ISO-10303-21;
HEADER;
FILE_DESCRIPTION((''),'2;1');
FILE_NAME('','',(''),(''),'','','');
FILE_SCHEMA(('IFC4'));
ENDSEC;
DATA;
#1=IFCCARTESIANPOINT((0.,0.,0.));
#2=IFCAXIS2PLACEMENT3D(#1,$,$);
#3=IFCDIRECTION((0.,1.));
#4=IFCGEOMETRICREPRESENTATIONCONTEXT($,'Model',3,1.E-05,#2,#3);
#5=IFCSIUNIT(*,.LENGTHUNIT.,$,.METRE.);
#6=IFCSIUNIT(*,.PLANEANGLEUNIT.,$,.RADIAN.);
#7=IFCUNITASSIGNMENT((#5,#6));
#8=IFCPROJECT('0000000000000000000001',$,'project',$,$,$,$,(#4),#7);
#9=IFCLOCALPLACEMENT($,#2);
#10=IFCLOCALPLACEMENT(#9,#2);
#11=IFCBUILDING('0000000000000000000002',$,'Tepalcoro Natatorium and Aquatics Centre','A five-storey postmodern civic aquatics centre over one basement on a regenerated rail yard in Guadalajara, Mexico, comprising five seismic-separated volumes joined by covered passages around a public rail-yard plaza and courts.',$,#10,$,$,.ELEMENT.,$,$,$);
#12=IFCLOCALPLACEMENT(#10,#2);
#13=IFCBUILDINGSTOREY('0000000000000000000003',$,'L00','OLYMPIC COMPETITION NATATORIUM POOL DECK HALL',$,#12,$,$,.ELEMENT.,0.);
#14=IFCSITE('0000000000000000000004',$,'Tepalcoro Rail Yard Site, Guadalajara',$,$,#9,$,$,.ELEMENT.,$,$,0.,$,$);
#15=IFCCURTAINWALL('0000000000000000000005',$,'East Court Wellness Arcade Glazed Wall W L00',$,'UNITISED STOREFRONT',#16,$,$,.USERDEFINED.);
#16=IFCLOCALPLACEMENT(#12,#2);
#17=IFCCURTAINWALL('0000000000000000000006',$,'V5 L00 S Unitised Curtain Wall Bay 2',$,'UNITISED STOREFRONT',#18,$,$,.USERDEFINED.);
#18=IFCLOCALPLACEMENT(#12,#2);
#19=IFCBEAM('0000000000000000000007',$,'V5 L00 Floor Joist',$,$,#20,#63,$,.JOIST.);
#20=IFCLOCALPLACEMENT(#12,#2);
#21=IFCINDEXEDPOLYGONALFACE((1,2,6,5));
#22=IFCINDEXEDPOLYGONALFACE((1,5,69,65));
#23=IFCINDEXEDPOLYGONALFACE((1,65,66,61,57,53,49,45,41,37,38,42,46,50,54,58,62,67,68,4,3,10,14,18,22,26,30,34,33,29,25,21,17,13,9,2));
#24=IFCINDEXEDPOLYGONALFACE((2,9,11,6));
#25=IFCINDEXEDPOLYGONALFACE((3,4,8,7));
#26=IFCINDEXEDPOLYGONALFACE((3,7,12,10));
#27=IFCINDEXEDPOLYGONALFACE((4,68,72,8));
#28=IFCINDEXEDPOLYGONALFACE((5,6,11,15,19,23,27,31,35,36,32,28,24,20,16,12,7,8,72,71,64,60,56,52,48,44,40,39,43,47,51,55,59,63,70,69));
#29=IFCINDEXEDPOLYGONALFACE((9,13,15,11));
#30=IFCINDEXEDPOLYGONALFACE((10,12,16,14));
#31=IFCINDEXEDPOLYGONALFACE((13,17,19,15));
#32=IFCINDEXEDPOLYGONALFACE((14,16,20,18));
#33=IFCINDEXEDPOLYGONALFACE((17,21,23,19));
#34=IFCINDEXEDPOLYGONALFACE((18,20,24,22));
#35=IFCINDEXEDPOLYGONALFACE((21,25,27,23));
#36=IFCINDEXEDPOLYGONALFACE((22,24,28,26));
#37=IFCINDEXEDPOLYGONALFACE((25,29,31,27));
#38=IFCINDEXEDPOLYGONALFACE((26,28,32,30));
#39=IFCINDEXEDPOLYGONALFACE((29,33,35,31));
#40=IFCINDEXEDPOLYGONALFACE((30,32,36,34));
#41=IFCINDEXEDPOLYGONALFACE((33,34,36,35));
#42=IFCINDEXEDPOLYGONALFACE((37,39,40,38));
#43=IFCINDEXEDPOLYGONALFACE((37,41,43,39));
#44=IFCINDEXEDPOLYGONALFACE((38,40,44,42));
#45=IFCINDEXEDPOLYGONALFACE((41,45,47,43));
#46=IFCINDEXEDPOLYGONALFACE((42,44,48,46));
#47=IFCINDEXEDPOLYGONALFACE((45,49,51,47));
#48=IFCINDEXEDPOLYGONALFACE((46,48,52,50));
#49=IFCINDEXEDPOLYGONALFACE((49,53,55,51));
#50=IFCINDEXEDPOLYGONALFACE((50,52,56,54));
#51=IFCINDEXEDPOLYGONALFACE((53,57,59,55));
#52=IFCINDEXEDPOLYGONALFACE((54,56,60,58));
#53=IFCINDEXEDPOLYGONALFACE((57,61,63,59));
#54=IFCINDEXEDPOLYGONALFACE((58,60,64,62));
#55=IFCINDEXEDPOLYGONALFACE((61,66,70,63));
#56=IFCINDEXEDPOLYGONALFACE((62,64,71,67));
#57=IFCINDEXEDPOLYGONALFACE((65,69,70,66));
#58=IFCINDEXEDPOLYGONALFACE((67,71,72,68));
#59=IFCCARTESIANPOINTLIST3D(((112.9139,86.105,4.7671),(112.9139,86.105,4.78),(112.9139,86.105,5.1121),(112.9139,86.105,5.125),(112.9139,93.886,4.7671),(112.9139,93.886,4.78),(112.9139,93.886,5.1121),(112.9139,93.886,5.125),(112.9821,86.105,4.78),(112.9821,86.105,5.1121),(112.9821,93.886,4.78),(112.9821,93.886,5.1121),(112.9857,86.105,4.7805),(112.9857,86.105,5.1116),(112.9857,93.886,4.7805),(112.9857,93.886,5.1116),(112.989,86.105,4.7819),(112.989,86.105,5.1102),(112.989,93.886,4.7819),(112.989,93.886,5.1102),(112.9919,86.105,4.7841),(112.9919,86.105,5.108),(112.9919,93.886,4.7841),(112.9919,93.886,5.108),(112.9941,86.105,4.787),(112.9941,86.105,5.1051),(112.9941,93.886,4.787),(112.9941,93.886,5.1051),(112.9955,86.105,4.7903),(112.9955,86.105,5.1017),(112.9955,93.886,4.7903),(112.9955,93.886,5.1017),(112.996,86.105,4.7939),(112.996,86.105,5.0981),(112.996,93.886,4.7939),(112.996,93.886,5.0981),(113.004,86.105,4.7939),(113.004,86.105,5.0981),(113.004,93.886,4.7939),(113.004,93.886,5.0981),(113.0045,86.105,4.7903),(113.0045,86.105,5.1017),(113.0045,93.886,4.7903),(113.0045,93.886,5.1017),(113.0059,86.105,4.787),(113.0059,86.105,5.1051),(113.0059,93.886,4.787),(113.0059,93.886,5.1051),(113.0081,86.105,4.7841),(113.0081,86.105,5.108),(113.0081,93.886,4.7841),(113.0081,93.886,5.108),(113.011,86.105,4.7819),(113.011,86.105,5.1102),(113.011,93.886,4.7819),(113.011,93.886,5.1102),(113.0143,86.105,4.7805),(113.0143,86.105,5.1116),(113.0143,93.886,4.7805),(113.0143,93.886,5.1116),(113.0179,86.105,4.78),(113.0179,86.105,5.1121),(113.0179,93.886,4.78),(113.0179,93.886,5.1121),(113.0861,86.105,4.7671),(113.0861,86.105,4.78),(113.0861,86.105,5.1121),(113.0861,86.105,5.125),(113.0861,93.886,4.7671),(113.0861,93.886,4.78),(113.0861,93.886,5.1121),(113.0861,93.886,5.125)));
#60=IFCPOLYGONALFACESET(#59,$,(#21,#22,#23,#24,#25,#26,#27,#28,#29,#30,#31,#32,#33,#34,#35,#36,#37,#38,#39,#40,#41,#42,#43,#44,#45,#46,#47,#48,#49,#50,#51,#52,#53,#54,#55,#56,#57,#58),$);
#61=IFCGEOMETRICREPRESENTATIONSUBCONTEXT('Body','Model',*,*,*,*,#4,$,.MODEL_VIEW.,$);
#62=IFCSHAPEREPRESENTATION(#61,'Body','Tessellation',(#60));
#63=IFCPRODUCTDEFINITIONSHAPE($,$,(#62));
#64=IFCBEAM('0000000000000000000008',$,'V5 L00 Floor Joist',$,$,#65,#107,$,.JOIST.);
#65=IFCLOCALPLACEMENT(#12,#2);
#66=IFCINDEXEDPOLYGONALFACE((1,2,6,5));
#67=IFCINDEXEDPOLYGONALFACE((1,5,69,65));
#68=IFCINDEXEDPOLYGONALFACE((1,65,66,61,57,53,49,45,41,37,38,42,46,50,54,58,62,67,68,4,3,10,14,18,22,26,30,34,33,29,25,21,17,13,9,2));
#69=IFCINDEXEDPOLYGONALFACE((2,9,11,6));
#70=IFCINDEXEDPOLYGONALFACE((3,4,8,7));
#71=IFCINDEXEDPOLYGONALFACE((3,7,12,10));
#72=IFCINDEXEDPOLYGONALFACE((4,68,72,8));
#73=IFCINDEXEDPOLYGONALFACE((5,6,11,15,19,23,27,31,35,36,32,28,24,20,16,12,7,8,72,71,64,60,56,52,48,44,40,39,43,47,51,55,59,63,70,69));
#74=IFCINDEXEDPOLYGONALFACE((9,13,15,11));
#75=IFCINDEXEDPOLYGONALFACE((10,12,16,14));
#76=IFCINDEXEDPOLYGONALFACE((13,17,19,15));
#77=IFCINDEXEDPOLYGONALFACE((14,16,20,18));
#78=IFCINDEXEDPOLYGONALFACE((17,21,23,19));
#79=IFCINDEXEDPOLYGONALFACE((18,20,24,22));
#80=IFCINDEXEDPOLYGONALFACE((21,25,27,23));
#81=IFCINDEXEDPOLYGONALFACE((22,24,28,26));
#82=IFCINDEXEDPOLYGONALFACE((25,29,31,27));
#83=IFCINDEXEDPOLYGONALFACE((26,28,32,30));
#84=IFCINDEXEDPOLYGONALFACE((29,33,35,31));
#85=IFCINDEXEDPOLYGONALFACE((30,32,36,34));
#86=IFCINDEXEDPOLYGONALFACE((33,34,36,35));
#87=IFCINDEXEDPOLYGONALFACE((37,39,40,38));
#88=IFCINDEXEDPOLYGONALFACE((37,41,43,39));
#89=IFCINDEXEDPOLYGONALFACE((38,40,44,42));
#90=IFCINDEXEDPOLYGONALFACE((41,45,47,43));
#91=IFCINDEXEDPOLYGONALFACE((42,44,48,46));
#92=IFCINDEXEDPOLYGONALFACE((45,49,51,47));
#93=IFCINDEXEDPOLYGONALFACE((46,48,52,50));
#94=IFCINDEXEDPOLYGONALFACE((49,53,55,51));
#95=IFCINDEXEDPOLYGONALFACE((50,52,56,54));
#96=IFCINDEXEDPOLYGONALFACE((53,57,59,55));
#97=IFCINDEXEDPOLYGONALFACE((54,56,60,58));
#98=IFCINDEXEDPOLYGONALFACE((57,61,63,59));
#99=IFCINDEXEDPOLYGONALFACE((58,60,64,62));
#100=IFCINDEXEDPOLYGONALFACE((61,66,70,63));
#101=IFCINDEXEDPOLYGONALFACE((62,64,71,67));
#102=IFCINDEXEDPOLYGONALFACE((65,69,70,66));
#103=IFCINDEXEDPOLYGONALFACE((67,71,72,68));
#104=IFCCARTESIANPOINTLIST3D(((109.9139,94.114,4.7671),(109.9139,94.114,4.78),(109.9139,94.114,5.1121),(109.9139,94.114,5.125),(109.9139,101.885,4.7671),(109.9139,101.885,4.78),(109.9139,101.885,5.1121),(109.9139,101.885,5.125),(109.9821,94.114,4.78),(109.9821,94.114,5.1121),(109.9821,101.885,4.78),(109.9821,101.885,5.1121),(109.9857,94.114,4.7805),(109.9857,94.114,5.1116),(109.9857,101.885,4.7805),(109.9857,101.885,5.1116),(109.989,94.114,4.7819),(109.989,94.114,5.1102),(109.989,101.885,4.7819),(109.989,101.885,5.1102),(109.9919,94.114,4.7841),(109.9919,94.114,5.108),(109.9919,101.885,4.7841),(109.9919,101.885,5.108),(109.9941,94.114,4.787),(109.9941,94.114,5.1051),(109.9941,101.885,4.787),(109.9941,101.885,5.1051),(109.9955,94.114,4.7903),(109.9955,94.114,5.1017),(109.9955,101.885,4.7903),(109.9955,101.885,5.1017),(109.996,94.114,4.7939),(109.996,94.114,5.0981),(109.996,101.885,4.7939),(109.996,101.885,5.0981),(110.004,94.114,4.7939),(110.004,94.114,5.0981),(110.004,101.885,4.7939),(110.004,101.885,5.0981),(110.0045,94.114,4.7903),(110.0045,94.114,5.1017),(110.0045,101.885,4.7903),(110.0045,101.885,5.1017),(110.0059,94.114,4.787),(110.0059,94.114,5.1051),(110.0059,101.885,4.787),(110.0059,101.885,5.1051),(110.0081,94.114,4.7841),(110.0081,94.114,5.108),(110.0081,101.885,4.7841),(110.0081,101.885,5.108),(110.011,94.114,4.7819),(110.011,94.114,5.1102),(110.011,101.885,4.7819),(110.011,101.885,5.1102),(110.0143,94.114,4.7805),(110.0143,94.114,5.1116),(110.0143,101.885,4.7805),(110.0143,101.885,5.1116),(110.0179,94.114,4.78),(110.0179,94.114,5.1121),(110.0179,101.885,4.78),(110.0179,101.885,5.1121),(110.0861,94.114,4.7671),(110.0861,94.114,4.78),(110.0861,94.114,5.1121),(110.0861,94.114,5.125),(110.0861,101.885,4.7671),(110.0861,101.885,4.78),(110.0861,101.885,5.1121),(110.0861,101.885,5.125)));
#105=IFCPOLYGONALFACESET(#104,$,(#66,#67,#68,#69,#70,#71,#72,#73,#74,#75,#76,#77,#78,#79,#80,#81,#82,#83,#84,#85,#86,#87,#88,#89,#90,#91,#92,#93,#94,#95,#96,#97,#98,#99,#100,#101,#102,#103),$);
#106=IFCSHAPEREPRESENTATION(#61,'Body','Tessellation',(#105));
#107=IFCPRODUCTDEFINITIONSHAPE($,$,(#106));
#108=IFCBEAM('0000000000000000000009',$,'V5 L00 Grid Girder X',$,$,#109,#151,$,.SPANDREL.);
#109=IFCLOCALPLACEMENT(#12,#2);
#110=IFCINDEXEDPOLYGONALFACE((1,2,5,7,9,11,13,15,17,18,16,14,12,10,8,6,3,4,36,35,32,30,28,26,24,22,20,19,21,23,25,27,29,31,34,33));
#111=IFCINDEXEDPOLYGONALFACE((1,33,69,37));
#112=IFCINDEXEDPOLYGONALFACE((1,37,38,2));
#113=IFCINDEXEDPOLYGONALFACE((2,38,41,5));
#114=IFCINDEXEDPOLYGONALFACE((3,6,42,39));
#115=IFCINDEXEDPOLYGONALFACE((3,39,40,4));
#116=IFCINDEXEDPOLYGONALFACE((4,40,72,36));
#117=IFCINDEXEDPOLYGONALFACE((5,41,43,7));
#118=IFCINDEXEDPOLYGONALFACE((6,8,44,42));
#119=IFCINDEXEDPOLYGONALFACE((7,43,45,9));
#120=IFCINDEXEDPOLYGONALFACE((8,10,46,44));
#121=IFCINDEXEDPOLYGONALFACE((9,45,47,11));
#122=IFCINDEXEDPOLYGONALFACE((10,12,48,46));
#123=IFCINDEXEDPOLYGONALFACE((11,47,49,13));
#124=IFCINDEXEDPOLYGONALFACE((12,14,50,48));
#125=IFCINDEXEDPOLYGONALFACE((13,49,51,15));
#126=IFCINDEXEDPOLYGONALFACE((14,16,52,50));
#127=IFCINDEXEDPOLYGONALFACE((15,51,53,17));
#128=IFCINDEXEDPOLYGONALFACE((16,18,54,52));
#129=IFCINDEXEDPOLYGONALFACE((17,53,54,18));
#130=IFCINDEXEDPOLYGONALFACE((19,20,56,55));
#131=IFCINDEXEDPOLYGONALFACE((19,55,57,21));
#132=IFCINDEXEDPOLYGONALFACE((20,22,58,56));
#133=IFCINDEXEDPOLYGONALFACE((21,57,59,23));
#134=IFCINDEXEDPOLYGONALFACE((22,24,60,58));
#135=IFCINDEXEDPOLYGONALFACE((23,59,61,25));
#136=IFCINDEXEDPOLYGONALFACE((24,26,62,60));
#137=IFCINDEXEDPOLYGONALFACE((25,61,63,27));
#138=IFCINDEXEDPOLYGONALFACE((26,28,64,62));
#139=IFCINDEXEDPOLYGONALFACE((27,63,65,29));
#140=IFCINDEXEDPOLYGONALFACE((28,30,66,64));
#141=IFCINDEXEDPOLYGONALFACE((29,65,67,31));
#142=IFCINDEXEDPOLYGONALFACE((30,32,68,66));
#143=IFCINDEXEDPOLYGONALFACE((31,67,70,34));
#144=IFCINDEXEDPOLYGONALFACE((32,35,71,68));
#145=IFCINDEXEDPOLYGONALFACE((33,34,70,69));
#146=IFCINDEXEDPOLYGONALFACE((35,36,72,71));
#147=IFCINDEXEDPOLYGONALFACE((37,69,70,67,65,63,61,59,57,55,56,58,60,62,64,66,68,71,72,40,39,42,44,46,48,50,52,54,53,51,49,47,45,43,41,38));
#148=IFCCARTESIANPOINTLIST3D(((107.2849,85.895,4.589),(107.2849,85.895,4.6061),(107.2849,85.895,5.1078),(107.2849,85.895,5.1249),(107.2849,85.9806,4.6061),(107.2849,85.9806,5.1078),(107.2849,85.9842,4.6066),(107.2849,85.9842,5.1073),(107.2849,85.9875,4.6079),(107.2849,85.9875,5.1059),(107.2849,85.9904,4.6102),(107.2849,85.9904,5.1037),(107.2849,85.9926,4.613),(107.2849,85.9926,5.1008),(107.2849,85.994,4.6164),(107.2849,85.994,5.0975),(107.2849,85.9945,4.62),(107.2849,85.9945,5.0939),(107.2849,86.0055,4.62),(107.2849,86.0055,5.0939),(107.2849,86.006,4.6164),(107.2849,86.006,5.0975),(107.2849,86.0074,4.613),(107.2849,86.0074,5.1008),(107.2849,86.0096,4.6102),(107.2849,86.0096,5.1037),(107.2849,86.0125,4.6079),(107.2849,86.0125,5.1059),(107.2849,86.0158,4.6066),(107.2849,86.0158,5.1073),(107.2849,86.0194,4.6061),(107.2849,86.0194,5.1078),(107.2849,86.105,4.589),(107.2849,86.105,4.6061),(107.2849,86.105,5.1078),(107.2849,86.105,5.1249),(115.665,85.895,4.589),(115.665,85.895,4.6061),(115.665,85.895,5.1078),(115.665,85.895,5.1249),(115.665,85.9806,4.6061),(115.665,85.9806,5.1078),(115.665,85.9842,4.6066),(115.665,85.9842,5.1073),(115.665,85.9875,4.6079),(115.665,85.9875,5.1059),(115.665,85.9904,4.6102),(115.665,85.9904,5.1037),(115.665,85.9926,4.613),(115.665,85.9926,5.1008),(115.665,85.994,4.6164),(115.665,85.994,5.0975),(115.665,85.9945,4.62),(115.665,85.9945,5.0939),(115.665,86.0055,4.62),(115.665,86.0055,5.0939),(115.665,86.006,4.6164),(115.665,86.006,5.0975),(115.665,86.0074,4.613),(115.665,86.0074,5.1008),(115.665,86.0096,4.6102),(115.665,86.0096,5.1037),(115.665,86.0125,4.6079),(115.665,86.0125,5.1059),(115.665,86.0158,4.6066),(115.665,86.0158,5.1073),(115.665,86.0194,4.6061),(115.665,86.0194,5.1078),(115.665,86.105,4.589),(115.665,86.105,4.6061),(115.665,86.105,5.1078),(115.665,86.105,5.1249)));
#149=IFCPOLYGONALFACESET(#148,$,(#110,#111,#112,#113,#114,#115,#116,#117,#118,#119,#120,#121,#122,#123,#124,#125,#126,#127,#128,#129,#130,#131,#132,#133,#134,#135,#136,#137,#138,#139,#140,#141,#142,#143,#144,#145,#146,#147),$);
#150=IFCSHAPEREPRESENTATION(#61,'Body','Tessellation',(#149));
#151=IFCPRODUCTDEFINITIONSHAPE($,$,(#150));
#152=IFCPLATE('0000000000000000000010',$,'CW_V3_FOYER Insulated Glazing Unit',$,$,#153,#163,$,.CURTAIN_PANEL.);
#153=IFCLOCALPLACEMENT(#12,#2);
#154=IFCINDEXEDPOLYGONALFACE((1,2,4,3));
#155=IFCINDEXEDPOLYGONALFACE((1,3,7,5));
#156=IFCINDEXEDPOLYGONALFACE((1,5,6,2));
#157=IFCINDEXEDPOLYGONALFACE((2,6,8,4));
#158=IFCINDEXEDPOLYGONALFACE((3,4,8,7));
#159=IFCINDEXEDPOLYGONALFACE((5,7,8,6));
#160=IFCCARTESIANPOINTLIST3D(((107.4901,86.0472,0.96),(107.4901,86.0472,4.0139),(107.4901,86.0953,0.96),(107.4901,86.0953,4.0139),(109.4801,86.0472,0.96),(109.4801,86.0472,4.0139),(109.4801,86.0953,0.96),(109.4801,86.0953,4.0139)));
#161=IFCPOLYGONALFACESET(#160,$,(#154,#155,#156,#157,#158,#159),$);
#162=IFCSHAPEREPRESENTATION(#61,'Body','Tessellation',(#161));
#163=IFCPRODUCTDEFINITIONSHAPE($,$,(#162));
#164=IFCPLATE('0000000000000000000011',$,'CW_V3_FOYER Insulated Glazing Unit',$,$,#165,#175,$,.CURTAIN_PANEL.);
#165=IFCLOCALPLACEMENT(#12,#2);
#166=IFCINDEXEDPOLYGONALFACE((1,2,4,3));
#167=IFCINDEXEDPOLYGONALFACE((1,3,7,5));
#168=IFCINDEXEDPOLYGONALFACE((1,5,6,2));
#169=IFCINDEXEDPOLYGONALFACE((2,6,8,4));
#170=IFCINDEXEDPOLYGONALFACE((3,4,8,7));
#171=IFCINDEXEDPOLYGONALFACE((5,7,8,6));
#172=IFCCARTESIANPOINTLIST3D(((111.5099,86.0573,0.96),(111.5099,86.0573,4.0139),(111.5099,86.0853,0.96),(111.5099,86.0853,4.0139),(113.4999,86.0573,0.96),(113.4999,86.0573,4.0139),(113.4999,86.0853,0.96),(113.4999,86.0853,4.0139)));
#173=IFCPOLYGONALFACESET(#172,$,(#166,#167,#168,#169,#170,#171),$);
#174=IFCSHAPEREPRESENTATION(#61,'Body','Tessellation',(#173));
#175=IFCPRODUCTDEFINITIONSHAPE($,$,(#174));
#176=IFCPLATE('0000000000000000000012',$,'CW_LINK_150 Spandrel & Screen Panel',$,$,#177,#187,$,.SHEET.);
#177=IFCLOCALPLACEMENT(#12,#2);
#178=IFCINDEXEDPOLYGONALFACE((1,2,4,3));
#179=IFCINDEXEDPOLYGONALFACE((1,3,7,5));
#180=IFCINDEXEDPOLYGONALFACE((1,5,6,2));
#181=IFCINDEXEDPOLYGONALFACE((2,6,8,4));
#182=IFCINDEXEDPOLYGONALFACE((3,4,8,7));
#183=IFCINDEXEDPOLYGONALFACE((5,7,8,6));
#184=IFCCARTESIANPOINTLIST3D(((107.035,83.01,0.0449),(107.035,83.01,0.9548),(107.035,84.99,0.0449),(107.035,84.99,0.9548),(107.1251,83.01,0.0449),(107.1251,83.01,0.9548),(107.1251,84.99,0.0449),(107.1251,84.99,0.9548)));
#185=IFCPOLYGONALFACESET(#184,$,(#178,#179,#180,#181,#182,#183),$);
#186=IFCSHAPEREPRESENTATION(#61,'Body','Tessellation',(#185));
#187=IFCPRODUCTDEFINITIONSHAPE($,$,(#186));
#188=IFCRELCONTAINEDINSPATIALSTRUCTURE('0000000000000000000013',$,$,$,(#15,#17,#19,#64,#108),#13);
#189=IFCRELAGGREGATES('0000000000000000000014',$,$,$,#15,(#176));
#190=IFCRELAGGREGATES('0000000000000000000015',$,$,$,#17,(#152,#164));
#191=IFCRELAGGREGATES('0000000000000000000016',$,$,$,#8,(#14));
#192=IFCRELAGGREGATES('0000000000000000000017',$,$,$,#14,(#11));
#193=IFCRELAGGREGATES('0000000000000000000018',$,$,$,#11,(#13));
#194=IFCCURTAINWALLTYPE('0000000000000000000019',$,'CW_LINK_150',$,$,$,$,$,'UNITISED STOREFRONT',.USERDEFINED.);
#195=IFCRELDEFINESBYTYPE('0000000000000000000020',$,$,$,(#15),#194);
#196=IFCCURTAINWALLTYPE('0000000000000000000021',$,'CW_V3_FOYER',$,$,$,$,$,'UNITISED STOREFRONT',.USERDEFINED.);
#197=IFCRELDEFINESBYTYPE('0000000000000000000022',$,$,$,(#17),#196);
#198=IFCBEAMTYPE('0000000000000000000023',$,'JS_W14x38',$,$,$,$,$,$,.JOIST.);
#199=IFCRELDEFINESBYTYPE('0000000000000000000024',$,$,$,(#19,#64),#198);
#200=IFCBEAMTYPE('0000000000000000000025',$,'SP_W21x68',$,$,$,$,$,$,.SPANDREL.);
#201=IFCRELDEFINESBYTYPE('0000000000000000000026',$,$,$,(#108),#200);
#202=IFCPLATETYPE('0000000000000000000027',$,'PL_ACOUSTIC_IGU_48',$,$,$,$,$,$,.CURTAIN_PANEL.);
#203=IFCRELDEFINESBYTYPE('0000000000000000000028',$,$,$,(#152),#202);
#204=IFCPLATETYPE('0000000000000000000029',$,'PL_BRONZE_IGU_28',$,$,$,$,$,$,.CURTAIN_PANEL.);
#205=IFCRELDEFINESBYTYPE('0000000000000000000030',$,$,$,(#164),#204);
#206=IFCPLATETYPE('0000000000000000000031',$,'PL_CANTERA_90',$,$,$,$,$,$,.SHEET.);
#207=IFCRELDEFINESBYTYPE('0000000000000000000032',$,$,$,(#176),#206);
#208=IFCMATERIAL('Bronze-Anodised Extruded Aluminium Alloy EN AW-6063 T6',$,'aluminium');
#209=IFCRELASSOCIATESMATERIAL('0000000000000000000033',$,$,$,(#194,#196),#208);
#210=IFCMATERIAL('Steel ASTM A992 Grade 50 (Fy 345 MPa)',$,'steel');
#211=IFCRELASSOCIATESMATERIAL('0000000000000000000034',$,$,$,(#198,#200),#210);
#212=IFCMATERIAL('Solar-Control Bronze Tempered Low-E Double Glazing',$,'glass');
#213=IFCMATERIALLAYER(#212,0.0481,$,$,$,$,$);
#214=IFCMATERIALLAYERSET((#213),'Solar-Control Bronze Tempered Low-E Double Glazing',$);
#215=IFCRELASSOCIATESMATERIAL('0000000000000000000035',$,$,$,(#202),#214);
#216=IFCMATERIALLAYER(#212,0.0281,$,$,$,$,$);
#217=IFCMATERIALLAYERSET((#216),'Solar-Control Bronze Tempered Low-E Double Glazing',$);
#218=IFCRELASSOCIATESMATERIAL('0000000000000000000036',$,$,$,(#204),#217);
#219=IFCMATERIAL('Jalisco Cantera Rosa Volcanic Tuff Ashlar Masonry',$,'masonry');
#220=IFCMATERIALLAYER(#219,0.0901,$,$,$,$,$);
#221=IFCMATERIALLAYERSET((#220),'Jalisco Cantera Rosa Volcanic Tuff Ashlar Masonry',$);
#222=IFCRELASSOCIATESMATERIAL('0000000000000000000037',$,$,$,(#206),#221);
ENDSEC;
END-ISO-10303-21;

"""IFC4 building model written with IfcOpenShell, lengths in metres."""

from ifc_helpers import new_model, si_unit, direction, frame, origin, origin_2d, place, context, subcontext, project, spatial, rectangle, i_section, extrude, material, layer, layer_set, material_profile, profile_set, type_object, element, aggregate, save


model = new_model("IFC4")

# Units and contexts
model_context = context("Model", 3, precision=1e-05, world=origin(), true_north=direction((0.0, 1.0)))
body_context = subcontext(model_context, "Body", "Model", "MODEL_VIEW")
ifc_project = project(units=[si_unit("LENGTHUNIT", "METRE"), si_unit("PLANEANGLEUNIT", "RADIAN")], contexts=[model_context])

# Site, building, storey
site_placement = place(None, origin())
site = spatial("IfcSite", under=ifc_project, at=site_placement, Name="Tepalcoro Rail Yard Site, Guadalajara", CompositionType="ELEMENT", RefElevation=0.0)
building_placement = place(site_placement, origin())
building = spatial("IfcBuilding", under=site, at=building_placement, Name="Tepalcoro Natatorium and Aquatics Centre", Description="A five-storey postmodern civic aquatics centre over one basement on a regenerated rail yard in Guadalajara, Mexico, comprising five seismic-separated volumes joined by covered passages around a public rail-yard plaza and courts.", CompositionType="ELEMENT")
storey_placement = place(building_placement, origin())
storey = spatial("IfcBuildingStorey", under=building, at=storey_placement, Name="L00", Description="OLYMPIC COMPETITION NATATORIUM POOL DECK HALL", CompositionType="ELEMENT", Elevation=0.0)

# Shared definitions
ifc_material_1 = material(Name="Steel ASTM A992 Grade 50 (Fy 345 MPa)", Category="steel")

# Curtain wall
ifc_material_2 = material(Name="Bronze-Anodised Extruded Aluminium Alloy EN AW-6063 T6", Category="aluminium")
curtain_wall_type_1 = type_object("IfcCurtainWallType", Name="CW_LINK_150", ElementType="UNITISED STOREFRONT", PredefinedType="USERDEFINED", material=ifc_material_2)
curtain_wall_1_placement = place(storey_placement, origin())
curtain_wall_1 = element("IfcCurtainWall", 1, at=curtain_wall_1_placement, inside=storey, type_object=curtain_wall_type_1, Name="East Court Wellness Arcade Glazed Wall W L00", ObjectType="UNITISED STOREFRONT", PredefinedType="USERDEFINED")

# Curtain wall
curtain_wall_type_2 = type_object("IfcCurtainWallType", Name="CW_V3_FOYER", ElementType="UNITISED STOREFRONT", PredefinedType="USERDEFINED", material=ifc_material_2)
curtain_wall_2_placement = place(storey_placement, origin())
curtain_wall_2 = element("IfcCurtainWall", 2, at=curtain_wall_2_placement, inside=storey, type_object=curtain_wall_type_2, Name="V5 L00 S Unitised Curtain Wall Bay 2", ObjectType="UNITISED STOREFRONT", PredefinedType="USERDEFINED")

# Beams
ifc_material_profile_1 = material_profile(ifc_material_1, i_section(OverallWidth=0.1721, OverallDepth=0.3579, WebThickness=0.0081, FlangeThickness=0.0129, FilletRadius=0.0139, at=origin_2d()), Name="W14X38")
ifc_profile_set_1 = profile_set([ifc_material_profile_1], Name="Steel ASTM A992 Grade 50 (Fy 345 MPa)")
beam_type_1 = type_object("IfcBeamType", Name="JS_W14x38", PredefinedType="JOIST", material=ifc_profile_set_1)
beam_1_placement = place(storey_placement, frame((113.0, 86.105, 4.946), z_axis=(0.0, 1.0, 0.0), x_axis=(-1.0, 0.0, 0.0)))
element("IfcBeam", 3, at=beam_1_placement, inside=storey, type_object=beam_type_1, Name="V5 L00 Floor Joist", PredefinedType="JOIST", context=body_context, shape_type="SweptSolid", body=[
    extrude(i_section(OverallWidth=0.1721, OverallDepth=0.3579, WebThickness=0.0081, FlangeThickness=0.0129, FilletRadius=0.0139, at=origin_2d()), origin(), (0.0, 0.0, 1.0), 7.781),
])
beam_2_placement = place(storey_placement, frame((110.0, 94.114, 4.946), z_axis=(0.0, 1.0, 0.0), x_axis=(-1.0, 0.0, 0.0)))
element("IfcBeam", 4, at=beam_2_placement, inside=storey, type_object=beam_type_1, Name="V5 L00 Floor Joist", PredefinedType="JOIST", context=body_context, shape_type="SweptSolid", body=[
    extrude(i_section(OverallWidth=0.1721, OverallDepth=0.3579, WebThickness=0.0081, FlangeThickness=0.0129, FilletRadius=0.0139, at=origin_2d()), origin(), (0.0, 0.0, 1.0), 7.771),
])
ifc_material_profile_2 = material_profile(ifc_material_1, i_section(OverallWidth=0.21, OverallDepth=0.5359, WebThickness=0.011, FlangeThickness=0.0171, FilletRadius=0.0139, at=origin_2d()), Name="W21X68")
ifc_profile_set_2 = profile_set([ifc_material_profile_2], Name="Steel ASTM A992 Grade 50 (Fy 345 MPa)")
beam_type_2 = type_object("IfcBeamType", Name="SP_W21x68", PredefinedType="SPANDREL", material=ifc_profile_set_2)
beam_3_placement = place(storey_placement, frame((107.2849, 86.0, 4.8569), z_axis=(1.0, 0.0, 0.0), x_axis=(0.0, 1.0, 0.0)))
element("IfcBeam", 5, at=beam_3_placement, inside=storey, type_object=beam_type_2, Name="V5 L00 Grid Girder X", PredefinedType="SPANDREL", context=body_context, shape_type="SweptSolid", body=[
    extrude(i_section(OverallWidth=0.21, OverallDepth=0.5359, WebThickness=0.011, FlangeThickness=0.0171, FilletRadius=0.0139, at=origin_2d()), origin(), (0.0, 0.0, 1.0), 8.3801),
])

# Plates
ifc_material_3 = material(Name="Solar-Control Bronze Tempered Low-E Double Glazing", Category="glass")
ifc_layer_1 = layer(ifc_material_3, 0.0481)
ifc_layer_set_1 = layer_set([ifc_layer_1], Name="Solar-Control Bronze Tempered Low-E Double Glazing")
plate_type_1 = type_object("IfcPlateType", Name="PL_ACOUSTIC_IGU_48", PredefinedType="CURTAIN_PANEL", material=ifc_layer_set_1)
plate_1_placement = place(storey_placement, frame((108.4851, 86.0713, 0.96), z_axis=(0.0, 0.0, 1.0), x_axis=(1.0, 0.0, 0.0)))
plate_1 = element("IfcPlate", 6, at=plate_1_placement, type_object=plate_type_1, Name="CW_V3_FOYER Insulated Glazing Unit", PredefinedType="CURTAIN_PANEL", context=body_context, shape_type="SweptSolid", body=[
    extrude(rectangle(XDim=1.99, YDim=0.0481, at=origin_2d()), origin(), (0.0, 0.0, 1.0), 3.054),
])
ifc_layer_2 = layer(ifc_material_3, 0.0281)
ifc_layer_set_2 = layer_set([ifc_layer_2], Name="Solar-Control Bronze Tempered Low-E Double Glazing")
plate_type_2 = type_object("IfcPlateType", Name="PL_BRONZE_IGU_28", PredefinedType="CURTAIN_PANEL", material=ifc_layer_set_2)
plate_2_placement = place(storey_placement, frame((112.5049, 86.0713, 0.96), z_axis=(0.0, 0.0, 1.0), x_axis=(1.0, 0.0, 0.0)))
plate_2 = element("IfcPlate", 7, at=plate_2_placement, type_object=plate_type_2, Name="CW_V3_FOYER Insulated Glazing Unit", PredefinedType="CURTAIN_PANEL", context=body_context, shape_type="SweptSolid", body=[
    extrude(rectangle(XDim=1.99, YDim=0.0281, at=origin_2d()), origin(), (0.0, 0.0, 1.0), 3.054),
])
ifc_material_4 = material(Name="Jalisco Cantera Rosa Volcanic Tuff Ashlar Masonry", Category="masonry")
ifc_layer_3 = layer(ifc_material_4, 0.0901)
ifc_layer_set_3 = layer_set([ifc_layer_3], Name="Jalisco Cantera Rosa Volcanic Tuff Ashlar Masonry")
plate_type_3 = type_object("IfcPlateType", Name="PL_CANTERA_90", PredefinedType="SHEET", material=ifc_layer_set_3)
plate_3_placement = place(storey_placement, frame((107.0801, 84.0, 0.0449), z_axis=(0.0, 0.0, 1.0), x_axis=(1.0, 0.0, 0.0)))
plate_3 = element("IfcPlate", 8, at=plate_3_placement, type_object=plate_type_3, Name="CW_LINK_150 Spandrel & Screen Panel", PredefinedType="SHEET", context=body_context, shape_type="SweptSolid", body=[
    extrude(rectangle(XDim=0.0901, YDim=1.98, at=origin_2d()), origin(), (0.0, 0.0, 1.0), 0.9099),
])
aggregate(curtain_wall_1, [plate_3])
aggregate(curtain_wall_2, [plate_1, plate_2])

save(model, "model.ifc")
